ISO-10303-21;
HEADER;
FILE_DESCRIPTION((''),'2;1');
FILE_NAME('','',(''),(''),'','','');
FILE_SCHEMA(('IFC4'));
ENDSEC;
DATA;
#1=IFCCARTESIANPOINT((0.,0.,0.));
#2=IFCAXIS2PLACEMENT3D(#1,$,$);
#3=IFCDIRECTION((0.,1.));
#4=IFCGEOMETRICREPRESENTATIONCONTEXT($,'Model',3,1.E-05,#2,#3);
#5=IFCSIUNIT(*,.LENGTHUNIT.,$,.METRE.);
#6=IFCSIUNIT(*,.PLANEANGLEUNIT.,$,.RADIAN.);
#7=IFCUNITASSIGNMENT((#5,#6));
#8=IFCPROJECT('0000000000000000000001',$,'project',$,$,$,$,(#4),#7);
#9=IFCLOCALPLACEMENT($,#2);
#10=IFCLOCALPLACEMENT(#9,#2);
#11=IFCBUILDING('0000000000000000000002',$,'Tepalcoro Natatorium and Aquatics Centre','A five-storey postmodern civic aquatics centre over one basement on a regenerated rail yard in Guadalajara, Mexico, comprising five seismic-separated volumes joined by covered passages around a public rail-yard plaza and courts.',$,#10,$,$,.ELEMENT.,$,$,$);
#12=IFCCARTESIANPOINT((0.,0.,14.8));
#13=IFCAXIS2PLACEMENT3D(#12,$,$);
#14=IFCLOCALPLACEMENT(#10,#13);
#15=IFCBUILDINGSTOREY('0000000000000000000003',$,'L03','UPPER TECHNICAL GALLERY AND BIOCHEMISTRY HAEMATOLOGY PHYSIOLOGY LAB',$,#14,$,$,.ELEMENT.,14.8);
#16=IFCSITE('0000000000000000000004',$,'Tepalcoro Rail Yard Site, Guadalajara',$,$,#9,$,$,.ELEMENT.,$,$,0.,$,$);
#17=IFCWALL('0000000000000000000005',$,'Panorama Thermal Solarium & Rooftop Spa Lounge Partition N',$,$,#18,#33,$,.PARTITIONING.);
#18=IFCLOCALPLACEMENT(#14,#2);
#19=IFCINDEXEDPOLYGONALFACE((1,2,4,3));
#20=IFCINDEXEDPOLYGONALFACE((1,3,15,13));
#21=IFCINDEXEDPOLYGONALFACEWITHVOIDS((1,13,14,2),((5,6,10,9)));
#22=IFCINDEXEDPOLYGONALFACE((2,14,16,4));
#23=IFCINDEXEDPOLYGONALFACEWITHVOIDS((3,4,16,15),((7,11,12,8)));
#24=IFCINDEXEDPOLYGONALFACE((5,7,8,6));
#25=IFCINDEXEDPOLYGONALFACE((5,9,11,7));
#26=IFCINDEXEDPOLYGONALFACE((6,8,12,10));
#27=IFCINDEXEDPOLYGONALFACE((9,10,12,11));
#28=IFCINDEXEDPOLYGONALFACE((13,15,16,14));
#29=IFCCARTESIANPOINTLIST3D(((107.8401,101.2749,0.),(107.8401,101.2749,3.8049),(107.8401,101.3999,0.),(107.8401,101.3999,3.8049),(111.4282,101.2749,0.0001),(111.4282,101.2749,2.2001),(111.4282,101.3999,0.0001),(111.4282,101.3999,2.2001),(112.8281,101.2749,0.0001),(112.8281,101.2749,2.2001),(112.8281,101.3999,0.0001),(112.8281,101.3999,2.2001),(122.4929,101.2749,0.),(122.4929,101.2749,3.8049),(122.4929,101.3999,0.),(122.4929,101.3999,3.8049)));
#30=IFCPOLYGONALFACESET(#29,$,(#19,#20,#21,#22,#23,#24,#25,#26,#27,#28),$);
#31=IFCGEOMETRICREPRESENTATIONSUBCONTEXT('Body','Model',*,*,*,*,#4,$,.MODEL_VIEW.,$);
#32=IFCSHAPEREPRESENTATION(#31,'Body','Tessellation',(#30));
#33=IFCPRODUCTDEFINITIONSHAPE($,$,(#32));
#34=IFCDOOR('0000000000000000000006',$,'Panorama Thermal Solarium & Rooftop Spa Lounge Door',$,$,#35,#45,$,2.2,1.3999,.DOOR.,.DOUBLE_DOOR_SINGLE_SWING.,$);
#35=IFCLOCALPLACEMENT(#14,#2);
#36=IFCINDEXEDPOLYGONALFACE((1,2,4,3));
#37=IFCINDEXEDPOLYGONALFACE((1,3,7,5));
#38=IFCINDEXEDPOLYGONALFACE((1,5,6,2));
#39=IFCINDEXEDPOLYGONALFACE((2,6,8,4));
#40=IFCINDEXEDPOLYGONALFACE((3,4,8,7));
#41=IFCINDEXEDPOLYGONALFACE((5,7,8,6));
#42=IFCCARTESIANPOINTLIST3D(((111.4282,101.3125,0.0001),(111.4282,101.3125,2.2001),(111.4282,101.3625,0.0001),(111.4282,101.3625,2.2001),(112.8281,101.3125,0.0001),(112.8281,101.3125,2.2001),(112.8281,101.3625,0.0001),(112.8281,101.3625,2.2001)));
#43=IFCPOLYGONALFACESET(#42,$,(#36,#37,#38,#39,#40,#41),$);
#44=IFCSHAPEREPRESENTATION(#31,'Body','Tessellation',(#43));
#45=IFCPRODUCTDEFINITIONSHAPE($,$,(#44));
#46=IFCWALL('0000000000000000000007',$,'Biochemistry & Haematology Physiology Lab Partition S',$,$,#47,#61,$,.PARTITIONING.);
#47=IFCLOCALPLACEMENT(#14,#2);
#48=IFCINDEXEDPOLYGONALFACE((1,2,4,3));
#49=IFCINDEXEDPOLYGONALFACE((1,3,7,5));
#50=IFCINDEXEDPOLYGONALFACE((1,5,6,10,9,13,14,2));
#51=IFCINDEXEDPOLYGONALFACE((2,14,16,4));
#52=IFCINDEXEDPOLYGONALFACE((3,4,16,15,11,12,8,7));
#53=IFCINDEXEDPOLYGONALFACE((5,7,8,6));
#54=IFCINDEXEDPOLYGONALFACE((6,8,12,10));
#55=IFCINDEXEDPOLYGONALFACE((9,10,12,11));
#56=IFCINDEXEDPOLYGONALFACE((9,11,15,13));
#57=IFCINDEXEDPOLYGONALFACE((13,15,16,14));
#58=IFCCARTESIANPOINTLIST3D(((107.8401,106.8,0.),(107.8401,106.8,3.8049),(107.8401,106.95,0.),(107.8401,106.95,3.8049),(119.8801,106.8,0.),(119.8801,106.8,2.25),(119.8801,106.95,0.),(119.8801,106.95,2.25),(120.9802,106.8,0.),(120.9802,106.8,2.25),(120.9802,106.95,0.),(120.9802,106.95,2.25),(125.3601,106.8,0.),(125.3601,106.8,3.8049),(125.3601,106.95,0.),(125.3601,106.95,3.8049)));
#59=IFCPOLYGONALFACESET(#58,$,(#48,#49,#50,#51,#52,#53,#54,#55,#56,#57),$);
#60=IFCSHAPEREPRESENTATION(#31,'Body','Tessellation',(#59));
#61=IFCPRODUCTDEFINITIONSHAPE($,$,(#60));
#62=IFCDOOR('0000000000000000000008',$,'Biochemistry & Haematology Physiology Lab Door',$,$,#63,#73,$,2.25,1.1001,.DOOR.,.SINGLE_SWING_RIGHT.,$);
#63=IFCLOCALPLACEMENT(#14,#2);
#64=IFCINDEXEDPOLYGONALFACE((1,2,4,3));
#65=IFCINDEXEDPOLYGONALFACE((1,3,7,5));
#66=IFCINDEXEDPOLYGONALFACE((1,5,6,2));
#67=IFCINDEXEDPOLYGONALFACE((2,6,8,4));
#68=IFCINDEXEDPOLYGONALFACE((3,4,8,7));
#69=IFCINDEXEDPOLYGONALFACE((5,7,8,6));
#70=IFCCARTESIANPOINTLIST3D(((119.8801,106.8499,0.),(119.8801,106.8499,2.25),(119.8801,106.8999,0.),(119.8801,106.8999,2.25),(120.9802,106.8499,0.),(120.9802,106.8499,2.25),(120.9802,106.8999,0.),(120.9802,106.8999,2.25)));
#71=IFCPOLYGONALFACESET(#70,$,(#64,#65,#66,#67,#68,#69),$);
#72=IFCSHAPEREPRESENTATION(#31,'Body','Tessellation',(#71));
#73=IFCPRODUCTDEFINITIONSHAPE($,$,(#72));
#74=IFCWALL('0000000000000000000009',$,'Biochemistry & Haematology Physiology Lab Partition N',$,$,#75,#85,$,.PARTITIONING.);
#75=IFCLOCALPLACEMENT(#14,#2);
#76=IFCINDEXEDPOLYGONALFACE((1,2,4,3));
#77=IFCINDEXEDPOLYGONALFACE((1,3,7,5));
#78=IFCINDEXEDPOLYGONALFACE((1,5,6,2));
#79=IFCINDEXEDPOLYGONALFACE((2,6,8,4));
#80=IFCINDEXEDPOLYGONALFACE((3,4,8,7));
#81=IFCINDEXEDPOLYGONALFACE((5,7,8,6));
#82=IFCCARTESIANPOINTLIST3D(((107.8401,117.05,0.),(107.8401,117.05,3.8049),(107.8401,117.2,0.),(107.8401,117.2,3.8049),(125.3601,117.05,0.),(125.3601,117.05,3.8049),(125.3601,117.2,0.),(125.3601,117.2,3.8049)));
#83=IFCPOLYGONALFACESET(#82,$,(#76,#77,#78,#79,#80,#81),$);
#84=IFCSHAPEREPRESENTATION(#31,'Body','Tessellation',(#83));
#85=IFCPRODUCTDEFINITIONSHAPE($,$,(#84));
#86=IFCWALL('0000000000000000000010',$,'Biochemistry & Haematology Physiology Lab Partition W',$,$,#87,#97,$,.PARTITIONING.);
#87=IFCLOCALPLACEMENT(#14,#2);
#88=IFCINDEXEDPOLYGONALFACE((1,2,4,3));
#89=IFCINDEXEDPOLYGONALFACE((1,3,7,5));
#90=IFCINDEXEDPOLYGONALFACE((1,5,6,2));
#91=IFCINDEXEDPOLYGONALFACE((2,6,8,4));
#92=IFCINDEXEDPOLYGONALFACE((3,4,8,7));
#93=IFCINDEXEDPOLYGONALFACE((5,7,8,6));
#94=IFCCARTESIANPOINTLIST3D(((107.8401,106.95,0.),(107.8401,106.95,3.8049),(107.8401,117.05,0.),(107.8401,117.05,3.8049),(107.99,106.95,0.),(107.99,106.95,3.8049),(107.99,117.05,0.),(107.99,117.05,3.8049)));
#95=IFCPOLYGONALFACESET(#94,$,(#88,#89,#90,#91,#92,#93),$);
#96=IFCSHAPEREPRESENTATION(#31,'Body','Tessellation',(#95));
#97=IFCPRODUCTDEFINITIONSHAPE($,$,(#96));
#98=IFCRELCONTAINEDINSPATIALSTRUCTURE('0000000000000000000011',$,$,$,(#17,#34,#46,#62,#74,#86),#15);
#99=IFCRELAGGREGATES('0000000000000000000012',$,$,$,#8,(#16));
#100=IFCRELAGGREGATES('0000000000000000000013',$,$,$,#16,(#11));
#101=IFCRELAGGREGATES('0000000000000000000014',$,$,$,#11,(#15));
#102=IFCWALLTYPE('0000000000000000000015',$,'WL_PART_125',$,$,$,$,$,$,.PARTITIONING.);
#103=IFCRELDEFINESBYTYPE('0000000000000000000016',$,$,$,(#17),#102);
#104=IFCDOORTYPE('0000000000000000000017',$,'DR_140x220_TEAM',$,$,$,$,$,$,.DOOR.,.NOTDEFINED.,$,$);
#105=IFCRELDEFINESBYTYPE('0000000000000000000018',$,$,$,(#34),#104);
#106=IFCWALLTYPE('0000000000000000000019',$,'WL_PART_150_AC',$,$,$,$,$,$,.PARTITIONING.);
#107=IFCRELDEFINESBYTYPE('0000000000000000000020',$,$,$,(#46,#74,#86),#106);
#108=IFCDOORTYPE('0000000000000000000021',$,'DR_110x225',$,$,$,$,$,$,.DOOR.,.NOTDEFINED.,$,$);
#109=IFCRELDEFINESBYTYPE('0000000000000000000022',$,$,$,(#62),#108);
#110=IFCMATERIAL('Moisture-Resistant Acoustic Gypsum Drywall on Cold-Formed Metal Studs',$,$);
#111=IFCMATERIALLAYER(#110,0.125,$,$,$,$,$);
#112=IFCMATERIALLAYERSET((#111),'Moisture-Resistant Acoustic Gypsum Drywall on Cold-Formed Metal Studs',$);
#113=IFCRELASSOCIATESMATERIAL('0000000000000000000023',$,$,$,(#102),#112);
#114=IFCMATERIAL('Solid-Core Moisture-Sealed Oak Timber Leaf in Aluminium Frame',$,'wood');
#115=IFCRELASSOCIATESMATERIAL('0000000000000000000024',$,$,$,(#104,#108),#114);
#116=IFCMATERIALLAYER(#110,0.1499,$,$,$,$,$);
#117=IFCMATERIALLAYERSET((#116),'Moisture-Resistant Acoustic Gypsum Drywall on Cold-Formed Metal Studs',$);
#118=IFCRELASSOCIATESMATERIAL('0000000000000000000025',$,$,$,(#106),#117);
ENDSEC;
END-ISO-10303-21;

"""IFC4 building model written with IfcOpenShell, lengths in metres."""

from ifc_helpers import new_model, si_unit, direction, frame, frame_2d, origin, place, context, subcontext, project, spatial, rectangle, extrude, material, layer, layer_set, type_object, element, fill, save


model = new_model("IFC4")

# Units and contexts
model_context = context("Model", 3, precision=1e-05, world=origin(), true_north=direction((0.0, 1.0)))
body_context = subcontext(model_context, "Body", "Model", "MODEL_VIEW")
ifc_project = project(units=[si_unit("LENGTHUNIT", "METRE"), si_unit("PLANEANGLEUNIT", "RADIAN")], contexts=[model_context])

# Site, building, storey
site_placement = place(None, origin())
site = spatial("IfcSite", under=ifc_project, at=site_placement, Name="Tepalcoro Rail Yard Site, Guadalajara", CompositionType="ELEMENT", RefElevation=0.0)
building_placement = place(site_placement, origin())
building = spatial("IfcBuilding", under=site, at=building_placement, Name="Tepalcoro Natatorium and Aquatics Centre", Description="A five-storey postmodern civic aquatics centre over one basement on a regenerated rail yard in Guadalajara, Mexico, comprising five seismic-separated volumes joined by covered passages around a public rail-yard plaza and courts.", CompositionType="ELEMENT")
storey_placement = place(building_placement, frame((0.0, 0.0, 14.8)))
storey = spatial("IfcBuildingStorey", under=building, at=storey_placement, Name="L03", Description="UPPER TECHNICAL GALLERY AND BIOCHEMISTRY HAEMATOLOGY PHYSIOLOGY LAB", CompositionType="ELEMENT", Elevation=14.8)

# Walls, openings, doors
ifc_material_1 = material(Name="Moisture-Resistant Acoustic Gypsum Drywall on Cold-Formed Metal Studs")
ifc_layer_1 = layer(ifc_material_1, 0.125)
ifc_layer_set_1 = layer_set([ifc_layer_1], Name="Moisture-Resistant Acoustic Gypsum Drywall on Cold-Formed Metal Studs")
wall_type_1 = type_object("IfcWallType", Name="WL_PART_125", PredefinedType="PARTITIONING", material=ifc_layer_set_1)
wall_1_placement = place(storey_placement, frame((107.8401, 101.3374, 0.0), z_axis=(0.0, 0.0, 1.0), x_axis=(1.0, 0.0, 0.0)))
wall_1 = element("IfcWall", 1, at=wall_1_placement, inside=storey, type_object=wall_type_1, Name="Panorama Thermal Solarium & Rooftop Spa Lounge Partition N", PredefinedType="PARTITIONING", context=body_context, shape_type="SweptSolid", body=[
    extrude(rectangle(XDim=14.6528, YDim=0.125, at=frame_2d((7.3264, 0.0))), origin(), (0.0, 0.0, 1.0), 3.8049),
])
opening_1_placement = place(wall_1_placement, frame((3.5881, 0.0, 0.0)))
opening_1 = element("IfcOpeningElement", 2, at=opening_1_placement, cuts=wall_1, PredefinedType="OPENING", context=body_context, shape_type="SweptSolid", body=[
    extrude(rectangle(XDim=1.3999, YDim=2.2, at=frame_2d((0.7, 1.1001))), frame((0.0, 0.0745, 0.0), z_axis=(0.0, -1.0, 0.0), x_axis=(1.0, 0.0, 0.0)), (0.0, 0.0, 1.0), 0.1489),
])
ifc_material_2 = material(Name="Solid-Core Moisture-Sealed Oak Timber Leaf in Aluminium Frame", Category="wood")
door_type_1 = type_object("IfcDoorType", Name="DR_140x220_TEAM", OperationType="NOTDEFINED", PredefinedType="DOOR", material=ifc_material_2)
door_1_placement = place(opening_1_placement, frame((1.3999, 0.0, 0.0), z_axis=(0.0, 0.0, 1.0), x_axis=(-1.0, 0.0, 0.0)))
door_1 = element("IfcDoor", 3, at=door_1_placement, inside=storey, type_object=door_type_1, Name="Panorama Thermal Solarium & Rooftop Spa Lounge Door", OperationType="DOUBLE_DOOR_SINGLE_SWING", OverallHeight=2.2, OverallWidth=1.3999, PredefinedType="DOOR", context=body_context, shape_type="SweptSolid", body=[
    extrude(rectangle(XDim=1.3999, YDim=2.2, at=frame_2d((0.7, 1.1001))), frame((0.0, 0.0249, 0.0), z_axis=(0.0, -1.0, 0.0), x_axis=(1.0, 0.0, 0.0)), (0.0, 0.0, 1.0), 0.05),
])
fill(opening_1, door_1)
ifc_layer_2 = layer(ifc_material_1, 0.1499)
ifc_layer_set_2 = layer_set([ifc_layer_2], Name="Moisture-Resistant Acoustic Gypsum Drywall on Cold-Formed Metal Studs")
wall_type_2 = type_object("IfcWallType", Name="WL_PART_150_AC", PredefinedType="PARTITIONING", material=ifc_layer_set_2)
wall_2_placement = place(storey_placement, frame((107.8401, 106.875, 0.0), z_axis=(0.0, 0.0, 1.0), x_axis=(1.0, 0.0, 0.0)))
wall_2 = element("IfcWall", 4, at=wall_2_placement, inside=storey, type_object=wall_type_2, Name="Biochemistry & Haematology Physiology Lab Partition S", PredefinedType="PARTITIONING", context=body_context, shape_type="SweptSolid", body=[
    extrude(rectangle(XDim=17.52, YDim=0.1499, at=frame_2d((8.76, 0.0))), origin(), (0.0, 0.0, 1.0), 3.8049),
])
opening_2_placement = place(wall_2_placement, frame((12.04, 0.0, 0.0)))
opening_2 = element("IfcOpeningElement", 5, at=opening_2_placement, cuts=wall_2, PredefinedType="OPENING", context=body_context, shape_type="SweptSolid", body=[
    extrude(rectangle(XDim=1.1001, YDim=2.25, at=frame_2d((0.55, 1.125))), frame((0.0, 0.0869, 0.0), z_axis=(0.0, -1.0, 0.0), x_axis=(1.0, 0.0, 0.0)), (0.0, 0.0, 1.0), 0.1738),
])
door_type_2 = type_object("IfcDoorType", Name="DR_110x225", OperationType="NOTDEFINED", PredefinedType="DOOR", material=ifc_material_2)
door_2_placement = place(opening_2_placement, origin())
door_2 = element("IfcDoor", 6, at=door_2_placement, inside=storey, type_object=door_type_2, Name="Biochemistry & Haematology Physiology Lab Door", OperationType="SINGLE_SWING_RIGHT", OverallHeight=2.25, OverallWidth=1.1001, PredefinedType="DOOR", context=body_context, shape_type="SweptSolid", body=[
    extrude(rectangle(XDim=1.1001, YDim=2.25, at=frame_2d((0.55, 1.125))), frame((0.0, 0.0249, 0.0), z_axis=(0.0, -1.0, 0.0), x_axis=(1.0, 0.0, 0.0)), (0.0, 0.0, 1.0), 0.05),
])
fill(opening_2, door_2)

# Walls
wall_3_placement = place(storey_placement, frame((107.8401, 117.125, 0.0), z_axis=(0.0, 0.0, 1.0), x_axis=(1.0, 0.0, 0.0)))
element("IfcWall", 7, at=wall_3_placement, inside=storey, type_object=wall_type_2, Name="Biochemistry & Haematology Physiology Lab Partition N", PredefinedType="PARTITIONING", context=body_context, shape_type="SweptSolid", body=[
    extrude(rectangle(XDim=17.52, YDim=0.1499, at=frame_2d((8.76, 0.0))), origin(), (0.0, 0.0, 1.0), 3.8049),
])
wall_4_placement = place(storey_placement, frame((107.915, 106.95, 0.0), z_axis=(0.0, 0.0, 1.0), x_axis=(0.0, 1.0, 0.0)))
element("IfcWall", 8, at=wall_4_placement, inside=storey, type_object=wall_type_2, Name="Biochemistry & Haematology Physiology Lab Partition W", PredefinedType="PARTITIONING", context=body_context, shape_type="SweptSolid", body=[
    extrude(rectangle(XDim=10.1001, YDim=0.1499, at=frame_2d((5.05, 0.0))), origin(), (0.0, 0.0, 1.0), 3.8049),
])

save(model, "model.ifc")
